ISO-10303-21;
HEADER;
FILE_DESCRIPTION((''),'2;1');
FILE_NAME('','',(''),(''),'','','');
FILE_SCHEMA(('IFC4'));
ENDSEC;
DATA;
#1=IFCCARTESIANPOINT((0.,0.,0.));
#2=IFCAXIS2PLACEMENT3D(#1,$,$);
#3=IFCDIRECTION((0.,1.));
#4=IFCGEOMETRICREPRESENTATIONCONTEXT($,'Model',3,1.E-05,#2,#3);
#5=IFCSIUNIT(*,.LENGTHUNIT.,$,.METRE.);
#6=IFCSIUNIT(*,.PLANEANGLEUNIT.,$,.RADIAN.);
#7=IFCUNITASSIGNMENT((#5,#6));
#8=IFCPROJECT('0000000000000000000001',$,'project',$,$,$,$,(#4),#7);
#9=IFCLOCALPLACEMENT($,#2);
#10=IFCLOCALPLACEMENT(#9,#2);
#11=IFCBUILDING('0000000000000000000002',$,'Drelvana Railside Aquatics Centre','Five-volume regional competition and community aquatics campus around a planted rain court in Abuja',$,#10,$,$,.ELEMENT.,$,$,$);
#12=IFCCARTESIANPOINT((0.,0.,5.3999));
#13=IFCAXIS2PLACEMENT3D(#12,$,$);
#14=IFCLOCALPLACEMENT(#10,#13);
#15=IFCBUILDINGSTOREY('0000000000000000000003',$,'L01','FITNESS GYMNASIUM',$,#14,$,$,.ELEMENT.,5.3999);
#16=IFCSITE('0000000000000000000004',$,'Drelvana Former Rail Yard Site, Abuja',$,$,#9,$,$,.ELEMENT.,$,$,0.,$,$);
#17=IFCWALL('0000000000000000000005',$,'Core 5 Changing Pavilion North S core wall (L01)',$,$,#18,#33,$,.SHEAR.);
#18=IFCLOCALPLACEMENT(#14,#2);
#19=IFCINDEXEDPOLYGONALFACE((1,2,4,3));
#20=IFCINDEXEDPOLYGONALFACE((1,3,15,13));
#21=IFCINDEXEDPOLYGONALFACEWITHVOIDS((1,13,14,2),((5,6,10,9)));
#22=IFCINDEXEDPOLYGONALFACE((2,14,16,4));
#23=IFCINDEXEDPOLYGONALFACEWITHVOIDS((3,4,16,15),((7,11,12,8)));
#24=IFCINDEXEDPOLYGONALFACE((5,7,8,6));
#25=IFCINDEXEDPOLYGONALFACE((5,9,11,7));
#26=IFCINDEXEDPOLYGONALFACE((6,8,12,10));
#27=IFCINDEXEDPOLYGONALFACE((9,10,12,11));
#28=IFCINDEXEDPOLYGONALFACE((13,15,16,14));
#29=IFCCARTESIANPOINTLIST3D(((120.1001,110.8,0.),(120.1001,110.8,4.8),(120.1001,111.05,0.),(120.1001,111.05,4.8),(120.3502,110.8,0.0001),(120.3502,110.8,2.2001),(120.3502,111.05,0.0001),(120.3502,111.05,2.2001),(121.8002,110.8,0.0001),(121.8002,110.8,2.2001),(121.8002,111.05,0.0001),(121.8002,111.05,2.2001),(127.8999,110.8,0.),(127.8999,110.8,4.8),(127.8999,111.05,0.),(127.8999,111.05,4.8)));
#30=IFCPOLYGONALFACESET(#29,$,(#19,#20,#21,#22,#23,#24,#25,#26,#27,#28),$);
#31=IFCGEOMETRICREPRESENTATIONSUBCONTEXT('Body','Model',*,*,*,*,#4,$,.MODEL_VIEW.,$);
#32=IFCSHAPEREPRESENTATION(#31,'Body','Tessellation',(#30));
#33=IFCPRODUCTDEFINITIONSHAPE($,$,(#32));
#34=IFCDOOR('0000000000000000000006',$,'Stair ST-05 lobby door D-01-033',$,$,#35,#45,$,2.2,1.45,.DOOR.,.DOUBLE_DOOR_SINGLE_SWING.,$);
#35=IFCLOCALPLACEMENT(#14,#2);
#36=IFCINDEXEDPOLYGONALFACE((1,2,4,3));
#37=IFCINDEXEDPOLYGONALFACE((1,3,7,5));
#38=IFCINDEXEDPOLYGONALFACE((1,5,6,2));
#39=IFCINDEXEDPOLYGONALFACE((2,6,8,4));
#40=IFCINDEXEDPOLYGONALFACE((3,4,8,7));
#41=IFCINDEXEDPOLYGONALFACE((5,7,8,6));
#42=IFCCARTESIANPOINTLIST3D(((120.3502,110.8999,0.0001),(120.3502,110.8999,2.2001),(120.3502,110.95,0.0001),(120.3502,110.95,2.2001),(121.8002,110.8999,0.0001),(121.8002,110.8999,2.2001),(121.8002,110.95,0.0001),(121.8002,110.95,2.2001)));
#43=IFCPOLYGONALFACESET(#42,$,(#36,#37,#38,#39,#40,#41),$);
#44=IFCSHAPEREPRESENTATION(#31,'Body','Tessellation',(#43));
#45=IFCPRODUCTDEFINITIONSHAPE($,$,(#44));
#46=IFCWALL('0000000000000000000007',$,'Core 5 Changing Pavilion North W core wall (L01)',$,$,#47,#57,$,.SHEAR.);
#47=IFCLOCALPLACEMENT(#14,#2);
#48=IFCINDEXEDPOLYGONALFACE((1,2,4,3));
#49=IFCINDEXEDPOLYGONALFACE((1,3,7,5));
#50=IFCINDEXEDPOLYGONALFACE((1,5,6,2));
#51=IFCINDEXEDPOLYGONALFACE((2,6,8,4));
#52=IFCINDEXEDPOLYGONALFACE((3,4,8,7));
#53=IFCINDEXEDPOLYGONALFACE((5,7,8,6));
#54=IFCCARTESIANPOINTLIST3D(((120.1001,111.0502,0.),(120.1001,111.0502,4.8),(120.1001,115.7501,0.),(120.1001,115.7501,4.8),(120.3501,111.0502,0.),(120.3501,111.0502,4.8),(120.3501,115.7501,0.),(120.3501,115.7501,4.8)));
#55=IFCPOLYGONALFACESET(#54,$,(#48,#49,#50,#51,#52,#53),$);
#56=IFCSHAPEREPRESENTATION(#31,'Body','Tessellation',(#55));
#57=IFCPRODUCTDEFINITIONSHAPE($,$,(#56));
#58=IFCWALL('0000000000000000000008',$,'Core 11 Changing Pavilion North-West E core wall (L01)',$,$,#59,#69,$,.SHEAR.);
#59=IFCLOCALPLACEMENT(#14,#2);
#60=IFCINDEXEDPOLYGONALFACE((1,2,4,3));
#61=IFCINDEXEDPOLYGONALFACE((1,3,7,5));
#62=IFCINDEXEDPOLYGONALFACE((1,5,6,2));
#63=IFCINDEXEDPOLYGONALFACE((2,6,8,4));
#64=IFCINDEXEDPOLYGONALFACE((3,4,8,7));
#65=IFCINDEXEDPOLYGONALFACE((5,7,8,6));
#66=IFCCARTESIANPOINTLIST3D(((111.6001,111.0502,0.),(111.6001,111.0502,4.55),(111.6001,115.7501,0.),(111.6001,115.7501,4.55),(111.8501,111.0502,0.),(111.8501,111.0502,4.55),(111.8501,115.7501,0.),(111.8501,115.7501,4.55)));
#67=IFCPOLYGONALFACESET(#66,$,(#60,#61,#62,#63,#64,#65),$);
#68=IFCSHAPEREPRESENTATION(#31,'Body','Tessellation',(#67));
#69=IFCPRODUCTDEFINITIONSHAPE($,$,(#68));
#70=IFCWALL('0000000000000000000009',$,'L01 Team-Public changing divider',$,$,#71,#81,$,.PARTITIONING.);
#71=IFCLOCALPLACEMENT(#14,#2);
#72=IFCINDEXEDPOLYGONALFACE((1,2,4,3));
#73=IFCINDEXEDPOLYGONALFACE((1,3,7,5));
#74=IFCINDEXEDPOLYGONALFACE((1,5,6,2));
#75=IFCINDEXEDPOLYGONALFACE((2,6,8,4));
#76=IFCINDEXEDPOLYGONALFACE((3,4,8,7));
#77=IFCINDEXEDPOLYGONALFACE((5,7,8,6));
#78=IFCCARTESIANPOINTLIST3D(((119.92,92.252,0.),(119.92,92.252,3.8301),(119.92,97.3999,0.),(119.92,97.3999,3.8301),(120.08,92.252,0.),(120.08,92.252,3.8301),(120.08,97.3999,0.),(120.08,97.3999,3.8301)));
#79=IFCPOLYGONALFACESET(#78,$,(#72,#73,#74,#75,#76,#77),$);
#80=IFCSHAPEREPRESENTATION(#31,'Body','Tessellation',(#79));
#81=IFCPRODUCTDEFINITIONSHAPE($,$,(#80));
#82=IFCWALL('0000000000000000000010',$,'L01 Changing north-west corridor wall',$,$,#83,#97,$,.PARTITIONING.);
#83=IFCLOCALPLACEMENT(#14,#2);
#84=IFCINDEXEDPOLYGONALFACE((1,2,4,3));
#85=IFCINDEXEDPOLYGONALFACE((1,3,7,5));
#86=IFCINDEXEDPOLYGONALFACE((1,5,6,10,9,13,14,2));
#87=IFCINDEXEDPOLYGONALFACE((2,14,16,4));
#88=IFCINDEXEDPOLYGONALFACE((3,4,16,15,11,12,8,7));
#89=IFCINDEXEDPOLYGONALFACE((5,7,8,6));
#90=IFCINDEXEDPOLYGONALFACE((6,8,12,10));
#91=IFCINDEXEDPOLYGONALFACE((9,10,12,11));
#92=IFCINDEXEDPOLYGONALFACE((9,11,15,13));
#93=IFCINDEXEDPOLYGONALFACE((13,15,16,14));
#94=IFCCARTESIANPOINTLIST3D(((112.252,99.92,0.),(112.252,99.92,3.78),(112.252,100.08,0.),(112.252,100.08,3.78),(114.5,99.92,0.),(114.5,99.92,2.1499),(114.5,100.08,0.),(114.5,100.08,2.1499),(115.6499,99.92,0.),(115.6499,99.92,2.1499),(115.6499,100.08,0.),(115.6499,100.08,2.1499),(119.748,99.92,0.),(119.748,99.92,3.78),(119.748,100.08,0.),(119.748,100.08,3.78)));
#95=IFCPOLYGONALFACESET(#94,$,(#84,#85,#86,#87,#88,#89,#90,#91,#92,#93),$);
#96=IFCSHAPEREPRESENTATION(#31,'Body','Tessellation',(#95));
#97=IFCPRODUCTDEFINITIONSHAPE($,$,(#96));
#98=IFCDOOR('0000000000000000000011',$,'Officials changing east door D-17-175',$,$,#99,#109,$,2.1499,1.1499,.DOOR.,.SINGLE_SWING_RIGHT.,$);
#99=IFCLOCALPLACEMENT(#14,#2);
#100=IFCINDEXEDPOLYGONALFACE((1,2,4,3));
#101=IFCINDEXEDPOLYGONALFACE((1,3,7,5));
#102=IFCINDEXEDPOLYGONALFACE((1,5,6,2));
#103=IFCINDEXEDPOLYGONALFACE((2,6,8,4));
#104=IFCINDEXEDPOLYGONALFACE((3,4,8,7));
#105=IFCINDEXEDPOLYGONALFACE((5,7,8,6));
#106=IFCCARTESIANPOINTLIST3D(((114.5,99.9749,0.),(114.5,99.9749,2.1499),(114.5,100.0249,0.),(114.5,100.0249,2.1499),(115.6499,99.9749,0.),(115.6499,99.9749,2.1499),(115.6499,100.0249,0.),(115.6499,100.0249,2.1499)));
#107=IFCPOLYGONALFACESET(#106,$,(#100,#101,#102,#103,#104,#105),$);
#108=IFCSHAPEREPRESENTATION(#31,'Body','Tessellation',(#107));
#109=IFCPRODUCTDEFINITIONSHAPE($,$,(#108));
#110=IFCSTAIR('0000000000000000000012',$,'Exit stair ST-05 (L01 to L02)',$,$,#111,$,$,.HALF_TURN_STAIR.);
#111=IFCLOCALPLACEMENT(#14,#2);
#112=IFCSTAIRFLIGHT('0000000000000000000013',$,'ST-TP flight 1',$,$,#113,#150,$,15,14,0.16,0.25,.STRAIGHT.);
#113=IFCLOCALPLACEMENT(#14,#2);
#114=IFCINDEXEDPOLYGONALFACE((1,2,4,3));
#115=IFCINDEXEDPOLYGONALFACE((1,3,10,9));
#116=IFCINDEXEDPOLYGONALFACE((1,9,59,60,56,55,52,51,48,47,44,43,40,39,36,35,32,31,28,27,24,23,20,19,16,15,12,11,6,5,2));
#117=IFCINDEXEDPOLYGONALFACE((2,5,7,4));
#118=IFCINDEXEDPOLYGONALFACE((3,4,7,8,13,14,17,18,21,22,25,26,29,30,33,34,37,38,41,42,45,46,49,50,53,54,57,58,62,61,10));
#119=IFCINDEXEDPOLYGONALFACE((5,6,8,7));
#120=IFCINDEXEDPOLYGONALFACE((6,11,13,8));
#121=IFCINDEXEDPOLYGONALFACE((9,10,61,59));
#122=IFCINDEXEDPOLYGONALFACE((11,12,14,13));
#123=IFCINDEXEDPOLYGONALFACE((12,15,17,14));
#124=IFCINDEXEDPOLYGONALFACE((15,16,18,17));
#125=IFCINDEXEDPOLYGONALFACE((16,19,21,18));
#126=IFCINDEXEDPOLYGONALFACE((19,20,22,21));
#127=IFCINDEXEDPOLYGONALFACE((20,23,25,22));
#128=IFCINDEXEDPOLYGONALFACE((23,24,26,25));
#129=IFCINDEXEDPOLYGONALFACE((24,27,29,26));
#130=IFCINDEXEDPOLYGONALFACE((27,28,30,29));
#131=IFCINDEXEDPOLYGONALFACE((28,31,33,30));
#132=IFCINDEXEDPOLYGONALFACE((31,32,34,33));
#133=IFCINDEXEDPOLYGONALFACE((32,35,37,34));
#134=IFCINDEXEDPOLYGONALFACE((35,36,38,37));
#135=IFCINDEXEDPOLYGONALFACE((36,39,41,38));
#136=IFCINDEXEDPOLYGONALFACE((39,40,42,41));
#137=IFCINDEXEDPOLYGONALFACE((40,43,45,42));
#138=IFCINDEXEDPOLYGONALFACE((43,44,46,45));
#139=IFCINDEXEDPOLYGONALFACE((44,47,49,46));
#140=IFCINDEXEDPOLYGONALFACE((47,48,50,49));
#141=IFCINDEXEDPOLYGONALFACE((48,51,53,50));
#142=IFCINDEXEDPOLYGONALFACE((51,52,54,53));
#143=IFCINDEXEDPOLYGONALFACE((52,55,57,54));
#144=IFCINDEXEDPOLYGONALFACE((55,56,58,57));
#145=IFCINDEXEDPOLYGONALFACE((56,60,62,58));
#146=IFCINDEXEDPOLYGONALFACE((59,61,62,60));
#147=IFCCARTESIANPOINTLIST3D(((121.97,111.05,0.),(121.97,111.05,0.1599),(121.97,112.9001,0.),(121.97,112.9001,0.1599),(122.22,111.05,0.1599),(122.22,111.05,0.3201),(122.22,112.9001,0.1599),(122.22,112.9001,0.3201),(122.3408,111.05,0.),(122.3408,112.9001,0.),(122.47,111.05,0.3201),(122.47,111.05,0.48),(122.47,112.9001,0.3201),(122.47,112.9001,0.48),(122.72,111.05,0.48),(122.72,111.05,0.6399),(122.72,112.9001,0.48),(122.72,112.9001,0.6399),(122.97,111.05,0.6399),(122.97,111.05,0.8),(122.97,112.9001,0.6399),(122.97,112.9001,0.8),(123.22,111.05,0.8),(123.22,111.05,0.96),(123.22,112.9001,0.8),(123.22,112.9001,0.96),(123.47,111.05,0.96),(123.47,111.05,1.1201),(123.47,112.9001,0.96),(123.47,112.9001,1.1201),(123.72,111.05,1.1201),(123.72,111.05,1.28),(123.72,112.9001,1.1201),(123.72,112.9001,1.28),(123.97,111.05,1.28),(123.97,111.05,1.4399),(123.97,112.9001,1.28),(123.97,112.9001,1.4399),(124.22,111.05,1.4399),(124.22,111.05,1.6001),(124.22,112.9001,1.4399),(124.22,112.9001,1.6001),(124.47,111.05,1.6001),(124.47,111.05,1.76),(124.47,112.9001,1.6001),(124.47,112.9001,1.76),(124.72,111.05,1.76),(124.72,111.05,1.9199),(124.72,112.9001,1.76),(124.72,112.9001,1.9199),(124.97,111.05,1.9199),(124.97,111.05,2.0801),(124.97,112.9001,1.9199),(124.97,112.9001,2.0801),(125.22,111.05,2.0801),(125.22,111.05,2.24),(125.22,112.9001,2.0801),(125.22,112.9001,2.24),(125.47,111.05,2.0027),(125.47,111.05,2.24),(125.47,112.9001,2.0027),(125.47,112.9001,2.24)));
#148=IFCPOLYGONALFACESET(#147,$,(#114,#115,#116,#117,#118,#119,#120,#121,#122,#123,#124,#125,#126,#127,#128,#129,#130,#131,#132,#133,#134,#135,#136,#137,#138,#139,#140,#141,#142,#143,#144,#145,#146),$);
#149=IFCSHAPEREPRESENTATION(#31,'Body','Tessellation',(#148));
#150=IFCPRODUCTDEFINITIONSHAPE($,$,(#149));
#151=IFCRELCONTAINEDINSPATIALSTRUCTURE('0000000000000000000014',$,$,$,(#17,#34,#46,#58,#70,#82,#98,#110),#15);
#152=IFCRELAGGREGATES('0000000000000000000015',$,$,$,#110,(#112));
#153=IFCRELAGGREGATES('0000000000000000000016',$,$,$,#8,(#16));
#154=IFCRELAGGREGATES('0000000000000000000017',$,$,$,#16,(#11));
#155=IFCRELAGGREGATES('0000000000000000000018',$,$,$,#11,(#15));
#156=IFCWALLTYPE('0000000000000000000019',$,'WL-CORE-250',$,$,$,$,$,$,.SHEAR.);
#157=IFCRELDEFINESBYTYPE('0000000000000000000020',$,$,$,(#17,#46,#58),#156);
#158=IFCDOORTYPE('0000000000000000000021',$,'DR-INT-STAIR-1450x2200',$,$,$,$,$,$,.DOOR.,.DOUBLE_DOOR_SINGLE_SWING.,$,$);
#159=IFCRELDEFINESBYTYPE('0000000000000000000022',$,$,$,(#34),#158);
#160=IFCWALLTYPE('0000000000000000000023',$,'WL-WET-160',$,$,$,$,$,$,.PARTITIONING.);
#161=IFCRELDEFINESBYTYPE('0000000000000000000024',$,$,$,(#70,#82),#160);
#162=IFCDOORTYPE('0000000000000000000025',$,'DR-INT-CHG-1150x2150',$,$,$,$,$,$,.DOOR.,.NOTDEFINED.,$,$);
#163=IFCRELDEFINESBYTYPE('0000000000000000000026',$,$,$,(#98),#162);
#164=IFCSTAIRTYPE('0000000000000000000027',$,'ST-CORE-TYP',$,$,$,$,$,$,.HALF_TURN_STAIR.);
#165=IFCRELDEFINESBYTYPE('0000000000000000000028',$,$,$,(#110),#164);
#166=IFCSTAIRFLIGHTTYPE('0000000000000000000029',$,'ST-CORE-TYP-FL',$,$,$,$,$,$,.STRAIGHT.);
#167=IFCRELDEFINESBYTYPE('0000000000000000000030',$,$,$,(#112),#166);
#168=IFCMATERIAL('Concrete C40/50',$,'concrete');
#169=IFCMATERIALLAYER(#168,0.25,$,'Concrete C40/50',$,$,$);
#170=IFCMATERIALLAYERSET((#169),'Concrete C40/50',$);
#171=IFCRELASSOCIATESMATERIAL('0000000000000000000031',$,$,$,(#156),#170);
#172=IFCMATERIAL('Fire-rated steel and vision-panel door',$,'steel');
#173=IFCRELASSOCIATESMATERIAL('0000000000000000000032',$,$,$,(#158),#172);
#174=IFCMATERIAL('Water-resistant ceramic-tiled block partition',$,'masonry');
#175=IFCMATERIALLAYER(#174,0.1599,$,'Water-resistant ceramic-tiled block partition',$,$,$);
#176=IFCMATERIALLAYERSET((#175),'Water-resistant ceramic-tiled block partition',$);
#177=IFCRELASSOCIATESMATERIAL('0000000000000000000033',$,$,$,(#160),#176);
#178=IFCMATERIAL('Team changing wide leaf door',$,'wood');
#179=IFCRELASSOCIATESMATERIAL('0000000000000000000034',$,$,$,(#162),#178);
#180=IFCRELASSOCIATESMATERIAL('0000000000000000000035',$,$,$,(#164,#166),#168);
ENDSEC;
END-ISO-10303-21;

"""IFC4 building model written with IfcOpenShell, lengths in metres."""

from ifc_helpers import new_model, si_unit, direction, frame, frame_2d, origin, place, context, subcontext, project, spatial, polyline, rectangle, outline, extrude, material, layer, layer_set, type_object, element, fill, aggregate, save


model = new_model("IFC4")

# Units and contexts
model_context = context("Model", 3, precision=1e-05, world=origin(), true_north=direction((0.0, 1.0)))
body_context = subcontext(model_context, "Body", "Model", "MODEL_VIEW")
ifc_project = project(units=[si_unit("LENGTHUNIT", "METRE"), si_unit("PLANEANGLEUNIT", "RADIAN")], contexts=[model_context])

# Site, building, storey
site_placement = place(None, origin())
site = spatial("IfcSite", under=ifc_project, at=site_placement, Name="Drelvana Former Rail Yard Site, Abuja", CompositionType="ELEMENT", RefElevation=0.0)
building_placement = place(site_placement, origin())
building = spatial("IfcBuilding", under=site, at=building_placement, Name="Drelvana Railside Aquatics Centre", Description="Five-volume regional competition and community aquatics campus around a planted rain court in Abuja", CompositionType="ELEMENT")
storey_placement = place(building_placement, frame((0.0, 0.0, 5.3999)))
storey = spatial("IfcBuildingStorey", under=building, at=storey_placement, Name="L01", Description="FITNESS GYMNASIUM", CompositionType="ELEMENT", Elevation=5.3999)

# Shared definitions
ifc_material_1 = material(Name="Concrete C40/50", Category="concrete")

# Wall, opening, door
ifc_layer_1 = layer(ifc_material_1, 0.25, Name="Concrete C40/50")
ifc_layer_set_1 = layer_set([ifc_layer_1], Name="Concrete C40/50")
wall_type_1 = type_object("IfcWallType", Name="WL-CORE-250", PredefinedType="SHEAR", material=ifc_layer_set_1)
wall_1_placement = place(storey_placement, frame((120.1001, 110.925, 0.0), z_axis=(0.0, 0.0, 1.0), x_axis=(1.0, 0.0, 0.0)))
wall_1 = element("IfcWall", 1, at=wall_1_placement, inside=storey, type_object=wall_type_1, Name="Core 5 Changing Pavilion North S core wall (L01)", PredefinedType="SHEAR", context=body_context, shape_type="SweptSolid", body=[
    extrude(rectangle(XDim=7.7998, YDim=0.25, at=frame_2d((3.8999, 0.0))), origin(), (0.0, 0.0, 1.0), 4.8),
])
opening_1_placement = place(wall_1_placement, frame((0.25, 0.0, 0.0)))
opening_1 = element("IfcOpeningElement", 2, at=opening_1_placement, cuts=wall_1, PredefinedType="OPENING", context=body_context, shape_type="SweptSolid", body=[
    extrude(rectangle(XDim=1.45, YDim=2.2, at=frame_2d((0.7251, 1.1001))), frame((0.0, 0.135, 0.0), z_axis=(0.0, -1.0, 0.0), x_axis=(1.0, 0.0, 0.0)), (0.0, 0.0, 1.0), 0.27),
])
ifc_material_2 = material(Name="Fire-rated steel and vision-panel door", Category="steel")
door_type_1 = type_object("IfcDoorType", Name="DR-INT-STAIR-1450x2200", OperationType="DOUBLE_DOOR_SINGLE_SWING", PredefinedType="DOOR", material=ifc_material_2)
door_1_placement = place(opening_1_placement, origin())
door_1 = element("IfcDoor", 3, at=door_1_placement, inside=storey, type_object=door_type_1, Name="Stair ST-05 lobby door D-01-033", OperationType="DOUBLE_DOOR_SINGLE_SWING", OverallHeight=2.2, OverallWidth=1.45, PredefinedType="DOOR", context=body_context, shape_type="SweptSolid", body=[
    extrude(rectangle(XDim=1.45, YDim=2.2, at=frame_2d((0.7251, 1.1001))), frame((0.0, 0.0249, 0.0), z_axis=(0.0, -1.0, 0.0), x_axis=(1.0, 0.0, 0.0)), (0.0, 0.0, 1.0), 0.05),
])
fill(opening_1, door_1)

# Walls
wall_2_placement = place(storey_placement, frame((120.2251, 111.05, 0.0), z_axis=(0.0, 0.0, 1.0), x_axis=(0.0, 1.0, 0.0)))
element("IfcWall", 4, at=wall_2_placement, inside=storey, type_object=wall_type_1, Name="Core 5 Changing Pavilion North W core wall (L01)", PredefinedType="SHEAR", context=body_context, shape_type="SweptSolid", body=[
    extrude(rectangle(XDim=4.7, YDim=0.25, at=frame_2d((2.3501, 0.0))), origin(), (0.0, 0.0, 1.0), 4.8),
])
wall_3_placement = place(storey_placement, frame((111.7251, 111.05, 0.0), z_axis=(0.0, 0.0, 1.0), x_axis=(0.0, 1.0, 0.0)))
element("IfcWall", 5, at=wall_3_placement, inside=storey, type_object=wall_type_1, Name="Core 11 Changing Pavilion North-West E core wall (L01)", PredefinedType="SHEAR", context=body_context, shape_type="SweptSolid", body=[
    extrude(rectangle(XDim=4.7, YDim=0.25, at=frame_2d((2.3501, 0.0))), origin(), (0.0, 0.0, 1.0), 4.55),
])
ifc_material_3 = material(Name="Water-resistant ceramic-tiled block partition", Category="masonry")
ifc_layer_2 = layer(ifc_material_3, 0.1599, Name="Water-resistant ceramic-tiled block partition")
ifc_layer_set_2 = layer_set([ifc_layer_2], Name="Water-resistant ceramic-tiled block partition")
wall_type_2 = type_object("IfcWallType", Name="WL-WET-160", PredefinedType="PARTITIONING", material=ifc_layer_set_2)
wall_4_placement = place(storey_placement, frame((120.0, 92.252, 0.0), z_axis=(0.0, 0.0, 1.0), x_axis=(0.0, 1.0, 0.0)))
element("IfcWall", 6, at=wall_4_placement, inside=storey, type_object=wall_type_2, Name="L01 Team-Public changing divider", PredefinedType="PARTITIONING", context=body_context, shape_type="SweptSolid", body=[
    extrude(rectangle(XDim=5.1479, YDim=0.1599, at=frame_2d((2.574, 0.0))), origin(), (0.0, 0.0, 1.0), 3.8301),
])

# Wall, opening, door
wall_5_placement = place(storey_placement, frame((112.252, 100.0, 0.0), z_axis=(0.0, 0.0, 1.0), x_axis=(1.0, 0.0, 0.0)))
wall_5 = element("IfcWall", 7, at=wall_5_placement, inside=storey, type_object=wall_type_2, Name="L01 Changing north-west corridor wall", PredefinedType="PARTITIONING", context=body_context, shape_type="SweptSolid", body=[
    extrude(rectangle(XDim=7.4961, YDim=0.1599, at=frame_2d((3.748, 0.0))), origin(), (0.0, 0.0, 1.0), 3.78),
])
opening_2_placement = place(wall_5_placement, frame((2.248, 0.0, 0.0)))
opening_2 = element("IfcOpeningElement", 8, at=opening_2_placement, cuts=wall_5, PredefinedType="OPENING", context=body_context, shape_type="SweptSolid", body=[
    extrude(rectangle(XDim=1.1499, YDim=2.1499, at=frame_2d((0.575, 1.075))), frame((0.0, 0.0898, 0.0), z_axis=(0.0, -1.0, 0.0), x_axis=(1.0, 0.0, 0.0)), (0.0, 0.0, 1.0), 0.1799),
])
ifc_material_4 = material(Name="Team changing wide leaf door", Category="wood")
door_type_2 = type_object("IfcDoorType", Name="DR-INT-CHG-1150x2150", OperationType="NOTDEFINED", PredefinedType="DOOR", material=ifc_material_4)
door_2_placement = place(opening_2_placement, origin())
door_2 = element("IfcDoor", 9, at=door_2_placement, inside=storey, type_object=door_type_2, Name="Officials changing east door D-17-175", OperationType="SINGLE_SWING_RIGHT", OverallHeight=2.1499, OverallWidth=1.1499, PredefinedType="DOOR", context=body_context, shape_type="SweptSolid", body=[
    extrude(rectangle(XDim=1.1499, YDim=2.1499, at=frame_2d((0.575, 1.075))), frame((0.0, 0.0249, 0.0), z_axis=(0.0, -1.0, 0.0), x_axis=(1.0, 0.0, 0.0)), (0.0, 0.0, 1.0), 0.05),
])
fill(opening_2, door_2)

# Stair, stair flight
stair_type = type_object("IfcStairType", Name="ST-CORE-TYP", PredefinedType="HALF_TURN_STAIR", material=ifc_material_1)
stair_placement = place(storey_placement, origin())
stair = element("IfcStair", 10, at=stair_placement, inside=storey, type_object=stair_type, Name="Exit stair ST-05 (L01 to L02)", PredefinedType="HALF_TURN_STAIR")
stair_flight_type = type_object("IfcStairFlightType", Name="ST-CORE-TYP-FL", PredefinedType="STRAIGHT", material=ifc_material_1)
stair_flight_placement = place(storey_placement, frame((121.97, 111.9751, 0.0), z_axis=(0.0, 0.0, 1.0), x_axis=(1.0, 0.0, 0.0)))
stair_flight = element("IfcStairFlight", 11, at=stair_flight_placement, type_object=stair_flight_type, Name="ST-TP flight 1", NumberOfRisers=15, NumberOfTreads=14, PredefinedType="STRAIGHT", RiserHeight=0.16, TreadLength=0.25, context=body_context, shape_type="SweptSolid", body=[
    extrude(outline(polyline([(0.0, 0.0), (0.0, 0.1599), (0.25, 0.1599), (0.25, 0.3201), (0.5, 0.3201), (0.5, 0.48), (0.75, 0.48), (0.75, 0.6399), (1.0, 0.6399), (1.0, 0.8), (1.25, 0.8), (1.25, 0.96), (1.5, 0.96), (1.5, 1.1201), (1.75, 1.1201), (1.75, 1.28), (2.0, 1.28), (2.0, 1.4399), (2.25, 1.4399), (2.25, 1.6001), (2.5, 1.6001), (2.5, 1.76), (2.75, 1.76), (2.75, 1.9199), (3.0, 1.9199), (3.0, 2.0801), (3.25, 2.0801), (3.25, 2.24), (3.5, 2.24), (3.5, 2.3999), (3.5, 2.0027), (0.3708, 0.0), (0.0, 0.0)])), frame((0.0, 0.925, 0.0), z_axis=(0.0, -1.0, 0.0), x_axis=(1.0, 0.0, 0.0)), (0.0, 0.0, 1.0), 1.8501),
])
aggregate(stair, [stair_flight])

save(model, "model.ifc")
